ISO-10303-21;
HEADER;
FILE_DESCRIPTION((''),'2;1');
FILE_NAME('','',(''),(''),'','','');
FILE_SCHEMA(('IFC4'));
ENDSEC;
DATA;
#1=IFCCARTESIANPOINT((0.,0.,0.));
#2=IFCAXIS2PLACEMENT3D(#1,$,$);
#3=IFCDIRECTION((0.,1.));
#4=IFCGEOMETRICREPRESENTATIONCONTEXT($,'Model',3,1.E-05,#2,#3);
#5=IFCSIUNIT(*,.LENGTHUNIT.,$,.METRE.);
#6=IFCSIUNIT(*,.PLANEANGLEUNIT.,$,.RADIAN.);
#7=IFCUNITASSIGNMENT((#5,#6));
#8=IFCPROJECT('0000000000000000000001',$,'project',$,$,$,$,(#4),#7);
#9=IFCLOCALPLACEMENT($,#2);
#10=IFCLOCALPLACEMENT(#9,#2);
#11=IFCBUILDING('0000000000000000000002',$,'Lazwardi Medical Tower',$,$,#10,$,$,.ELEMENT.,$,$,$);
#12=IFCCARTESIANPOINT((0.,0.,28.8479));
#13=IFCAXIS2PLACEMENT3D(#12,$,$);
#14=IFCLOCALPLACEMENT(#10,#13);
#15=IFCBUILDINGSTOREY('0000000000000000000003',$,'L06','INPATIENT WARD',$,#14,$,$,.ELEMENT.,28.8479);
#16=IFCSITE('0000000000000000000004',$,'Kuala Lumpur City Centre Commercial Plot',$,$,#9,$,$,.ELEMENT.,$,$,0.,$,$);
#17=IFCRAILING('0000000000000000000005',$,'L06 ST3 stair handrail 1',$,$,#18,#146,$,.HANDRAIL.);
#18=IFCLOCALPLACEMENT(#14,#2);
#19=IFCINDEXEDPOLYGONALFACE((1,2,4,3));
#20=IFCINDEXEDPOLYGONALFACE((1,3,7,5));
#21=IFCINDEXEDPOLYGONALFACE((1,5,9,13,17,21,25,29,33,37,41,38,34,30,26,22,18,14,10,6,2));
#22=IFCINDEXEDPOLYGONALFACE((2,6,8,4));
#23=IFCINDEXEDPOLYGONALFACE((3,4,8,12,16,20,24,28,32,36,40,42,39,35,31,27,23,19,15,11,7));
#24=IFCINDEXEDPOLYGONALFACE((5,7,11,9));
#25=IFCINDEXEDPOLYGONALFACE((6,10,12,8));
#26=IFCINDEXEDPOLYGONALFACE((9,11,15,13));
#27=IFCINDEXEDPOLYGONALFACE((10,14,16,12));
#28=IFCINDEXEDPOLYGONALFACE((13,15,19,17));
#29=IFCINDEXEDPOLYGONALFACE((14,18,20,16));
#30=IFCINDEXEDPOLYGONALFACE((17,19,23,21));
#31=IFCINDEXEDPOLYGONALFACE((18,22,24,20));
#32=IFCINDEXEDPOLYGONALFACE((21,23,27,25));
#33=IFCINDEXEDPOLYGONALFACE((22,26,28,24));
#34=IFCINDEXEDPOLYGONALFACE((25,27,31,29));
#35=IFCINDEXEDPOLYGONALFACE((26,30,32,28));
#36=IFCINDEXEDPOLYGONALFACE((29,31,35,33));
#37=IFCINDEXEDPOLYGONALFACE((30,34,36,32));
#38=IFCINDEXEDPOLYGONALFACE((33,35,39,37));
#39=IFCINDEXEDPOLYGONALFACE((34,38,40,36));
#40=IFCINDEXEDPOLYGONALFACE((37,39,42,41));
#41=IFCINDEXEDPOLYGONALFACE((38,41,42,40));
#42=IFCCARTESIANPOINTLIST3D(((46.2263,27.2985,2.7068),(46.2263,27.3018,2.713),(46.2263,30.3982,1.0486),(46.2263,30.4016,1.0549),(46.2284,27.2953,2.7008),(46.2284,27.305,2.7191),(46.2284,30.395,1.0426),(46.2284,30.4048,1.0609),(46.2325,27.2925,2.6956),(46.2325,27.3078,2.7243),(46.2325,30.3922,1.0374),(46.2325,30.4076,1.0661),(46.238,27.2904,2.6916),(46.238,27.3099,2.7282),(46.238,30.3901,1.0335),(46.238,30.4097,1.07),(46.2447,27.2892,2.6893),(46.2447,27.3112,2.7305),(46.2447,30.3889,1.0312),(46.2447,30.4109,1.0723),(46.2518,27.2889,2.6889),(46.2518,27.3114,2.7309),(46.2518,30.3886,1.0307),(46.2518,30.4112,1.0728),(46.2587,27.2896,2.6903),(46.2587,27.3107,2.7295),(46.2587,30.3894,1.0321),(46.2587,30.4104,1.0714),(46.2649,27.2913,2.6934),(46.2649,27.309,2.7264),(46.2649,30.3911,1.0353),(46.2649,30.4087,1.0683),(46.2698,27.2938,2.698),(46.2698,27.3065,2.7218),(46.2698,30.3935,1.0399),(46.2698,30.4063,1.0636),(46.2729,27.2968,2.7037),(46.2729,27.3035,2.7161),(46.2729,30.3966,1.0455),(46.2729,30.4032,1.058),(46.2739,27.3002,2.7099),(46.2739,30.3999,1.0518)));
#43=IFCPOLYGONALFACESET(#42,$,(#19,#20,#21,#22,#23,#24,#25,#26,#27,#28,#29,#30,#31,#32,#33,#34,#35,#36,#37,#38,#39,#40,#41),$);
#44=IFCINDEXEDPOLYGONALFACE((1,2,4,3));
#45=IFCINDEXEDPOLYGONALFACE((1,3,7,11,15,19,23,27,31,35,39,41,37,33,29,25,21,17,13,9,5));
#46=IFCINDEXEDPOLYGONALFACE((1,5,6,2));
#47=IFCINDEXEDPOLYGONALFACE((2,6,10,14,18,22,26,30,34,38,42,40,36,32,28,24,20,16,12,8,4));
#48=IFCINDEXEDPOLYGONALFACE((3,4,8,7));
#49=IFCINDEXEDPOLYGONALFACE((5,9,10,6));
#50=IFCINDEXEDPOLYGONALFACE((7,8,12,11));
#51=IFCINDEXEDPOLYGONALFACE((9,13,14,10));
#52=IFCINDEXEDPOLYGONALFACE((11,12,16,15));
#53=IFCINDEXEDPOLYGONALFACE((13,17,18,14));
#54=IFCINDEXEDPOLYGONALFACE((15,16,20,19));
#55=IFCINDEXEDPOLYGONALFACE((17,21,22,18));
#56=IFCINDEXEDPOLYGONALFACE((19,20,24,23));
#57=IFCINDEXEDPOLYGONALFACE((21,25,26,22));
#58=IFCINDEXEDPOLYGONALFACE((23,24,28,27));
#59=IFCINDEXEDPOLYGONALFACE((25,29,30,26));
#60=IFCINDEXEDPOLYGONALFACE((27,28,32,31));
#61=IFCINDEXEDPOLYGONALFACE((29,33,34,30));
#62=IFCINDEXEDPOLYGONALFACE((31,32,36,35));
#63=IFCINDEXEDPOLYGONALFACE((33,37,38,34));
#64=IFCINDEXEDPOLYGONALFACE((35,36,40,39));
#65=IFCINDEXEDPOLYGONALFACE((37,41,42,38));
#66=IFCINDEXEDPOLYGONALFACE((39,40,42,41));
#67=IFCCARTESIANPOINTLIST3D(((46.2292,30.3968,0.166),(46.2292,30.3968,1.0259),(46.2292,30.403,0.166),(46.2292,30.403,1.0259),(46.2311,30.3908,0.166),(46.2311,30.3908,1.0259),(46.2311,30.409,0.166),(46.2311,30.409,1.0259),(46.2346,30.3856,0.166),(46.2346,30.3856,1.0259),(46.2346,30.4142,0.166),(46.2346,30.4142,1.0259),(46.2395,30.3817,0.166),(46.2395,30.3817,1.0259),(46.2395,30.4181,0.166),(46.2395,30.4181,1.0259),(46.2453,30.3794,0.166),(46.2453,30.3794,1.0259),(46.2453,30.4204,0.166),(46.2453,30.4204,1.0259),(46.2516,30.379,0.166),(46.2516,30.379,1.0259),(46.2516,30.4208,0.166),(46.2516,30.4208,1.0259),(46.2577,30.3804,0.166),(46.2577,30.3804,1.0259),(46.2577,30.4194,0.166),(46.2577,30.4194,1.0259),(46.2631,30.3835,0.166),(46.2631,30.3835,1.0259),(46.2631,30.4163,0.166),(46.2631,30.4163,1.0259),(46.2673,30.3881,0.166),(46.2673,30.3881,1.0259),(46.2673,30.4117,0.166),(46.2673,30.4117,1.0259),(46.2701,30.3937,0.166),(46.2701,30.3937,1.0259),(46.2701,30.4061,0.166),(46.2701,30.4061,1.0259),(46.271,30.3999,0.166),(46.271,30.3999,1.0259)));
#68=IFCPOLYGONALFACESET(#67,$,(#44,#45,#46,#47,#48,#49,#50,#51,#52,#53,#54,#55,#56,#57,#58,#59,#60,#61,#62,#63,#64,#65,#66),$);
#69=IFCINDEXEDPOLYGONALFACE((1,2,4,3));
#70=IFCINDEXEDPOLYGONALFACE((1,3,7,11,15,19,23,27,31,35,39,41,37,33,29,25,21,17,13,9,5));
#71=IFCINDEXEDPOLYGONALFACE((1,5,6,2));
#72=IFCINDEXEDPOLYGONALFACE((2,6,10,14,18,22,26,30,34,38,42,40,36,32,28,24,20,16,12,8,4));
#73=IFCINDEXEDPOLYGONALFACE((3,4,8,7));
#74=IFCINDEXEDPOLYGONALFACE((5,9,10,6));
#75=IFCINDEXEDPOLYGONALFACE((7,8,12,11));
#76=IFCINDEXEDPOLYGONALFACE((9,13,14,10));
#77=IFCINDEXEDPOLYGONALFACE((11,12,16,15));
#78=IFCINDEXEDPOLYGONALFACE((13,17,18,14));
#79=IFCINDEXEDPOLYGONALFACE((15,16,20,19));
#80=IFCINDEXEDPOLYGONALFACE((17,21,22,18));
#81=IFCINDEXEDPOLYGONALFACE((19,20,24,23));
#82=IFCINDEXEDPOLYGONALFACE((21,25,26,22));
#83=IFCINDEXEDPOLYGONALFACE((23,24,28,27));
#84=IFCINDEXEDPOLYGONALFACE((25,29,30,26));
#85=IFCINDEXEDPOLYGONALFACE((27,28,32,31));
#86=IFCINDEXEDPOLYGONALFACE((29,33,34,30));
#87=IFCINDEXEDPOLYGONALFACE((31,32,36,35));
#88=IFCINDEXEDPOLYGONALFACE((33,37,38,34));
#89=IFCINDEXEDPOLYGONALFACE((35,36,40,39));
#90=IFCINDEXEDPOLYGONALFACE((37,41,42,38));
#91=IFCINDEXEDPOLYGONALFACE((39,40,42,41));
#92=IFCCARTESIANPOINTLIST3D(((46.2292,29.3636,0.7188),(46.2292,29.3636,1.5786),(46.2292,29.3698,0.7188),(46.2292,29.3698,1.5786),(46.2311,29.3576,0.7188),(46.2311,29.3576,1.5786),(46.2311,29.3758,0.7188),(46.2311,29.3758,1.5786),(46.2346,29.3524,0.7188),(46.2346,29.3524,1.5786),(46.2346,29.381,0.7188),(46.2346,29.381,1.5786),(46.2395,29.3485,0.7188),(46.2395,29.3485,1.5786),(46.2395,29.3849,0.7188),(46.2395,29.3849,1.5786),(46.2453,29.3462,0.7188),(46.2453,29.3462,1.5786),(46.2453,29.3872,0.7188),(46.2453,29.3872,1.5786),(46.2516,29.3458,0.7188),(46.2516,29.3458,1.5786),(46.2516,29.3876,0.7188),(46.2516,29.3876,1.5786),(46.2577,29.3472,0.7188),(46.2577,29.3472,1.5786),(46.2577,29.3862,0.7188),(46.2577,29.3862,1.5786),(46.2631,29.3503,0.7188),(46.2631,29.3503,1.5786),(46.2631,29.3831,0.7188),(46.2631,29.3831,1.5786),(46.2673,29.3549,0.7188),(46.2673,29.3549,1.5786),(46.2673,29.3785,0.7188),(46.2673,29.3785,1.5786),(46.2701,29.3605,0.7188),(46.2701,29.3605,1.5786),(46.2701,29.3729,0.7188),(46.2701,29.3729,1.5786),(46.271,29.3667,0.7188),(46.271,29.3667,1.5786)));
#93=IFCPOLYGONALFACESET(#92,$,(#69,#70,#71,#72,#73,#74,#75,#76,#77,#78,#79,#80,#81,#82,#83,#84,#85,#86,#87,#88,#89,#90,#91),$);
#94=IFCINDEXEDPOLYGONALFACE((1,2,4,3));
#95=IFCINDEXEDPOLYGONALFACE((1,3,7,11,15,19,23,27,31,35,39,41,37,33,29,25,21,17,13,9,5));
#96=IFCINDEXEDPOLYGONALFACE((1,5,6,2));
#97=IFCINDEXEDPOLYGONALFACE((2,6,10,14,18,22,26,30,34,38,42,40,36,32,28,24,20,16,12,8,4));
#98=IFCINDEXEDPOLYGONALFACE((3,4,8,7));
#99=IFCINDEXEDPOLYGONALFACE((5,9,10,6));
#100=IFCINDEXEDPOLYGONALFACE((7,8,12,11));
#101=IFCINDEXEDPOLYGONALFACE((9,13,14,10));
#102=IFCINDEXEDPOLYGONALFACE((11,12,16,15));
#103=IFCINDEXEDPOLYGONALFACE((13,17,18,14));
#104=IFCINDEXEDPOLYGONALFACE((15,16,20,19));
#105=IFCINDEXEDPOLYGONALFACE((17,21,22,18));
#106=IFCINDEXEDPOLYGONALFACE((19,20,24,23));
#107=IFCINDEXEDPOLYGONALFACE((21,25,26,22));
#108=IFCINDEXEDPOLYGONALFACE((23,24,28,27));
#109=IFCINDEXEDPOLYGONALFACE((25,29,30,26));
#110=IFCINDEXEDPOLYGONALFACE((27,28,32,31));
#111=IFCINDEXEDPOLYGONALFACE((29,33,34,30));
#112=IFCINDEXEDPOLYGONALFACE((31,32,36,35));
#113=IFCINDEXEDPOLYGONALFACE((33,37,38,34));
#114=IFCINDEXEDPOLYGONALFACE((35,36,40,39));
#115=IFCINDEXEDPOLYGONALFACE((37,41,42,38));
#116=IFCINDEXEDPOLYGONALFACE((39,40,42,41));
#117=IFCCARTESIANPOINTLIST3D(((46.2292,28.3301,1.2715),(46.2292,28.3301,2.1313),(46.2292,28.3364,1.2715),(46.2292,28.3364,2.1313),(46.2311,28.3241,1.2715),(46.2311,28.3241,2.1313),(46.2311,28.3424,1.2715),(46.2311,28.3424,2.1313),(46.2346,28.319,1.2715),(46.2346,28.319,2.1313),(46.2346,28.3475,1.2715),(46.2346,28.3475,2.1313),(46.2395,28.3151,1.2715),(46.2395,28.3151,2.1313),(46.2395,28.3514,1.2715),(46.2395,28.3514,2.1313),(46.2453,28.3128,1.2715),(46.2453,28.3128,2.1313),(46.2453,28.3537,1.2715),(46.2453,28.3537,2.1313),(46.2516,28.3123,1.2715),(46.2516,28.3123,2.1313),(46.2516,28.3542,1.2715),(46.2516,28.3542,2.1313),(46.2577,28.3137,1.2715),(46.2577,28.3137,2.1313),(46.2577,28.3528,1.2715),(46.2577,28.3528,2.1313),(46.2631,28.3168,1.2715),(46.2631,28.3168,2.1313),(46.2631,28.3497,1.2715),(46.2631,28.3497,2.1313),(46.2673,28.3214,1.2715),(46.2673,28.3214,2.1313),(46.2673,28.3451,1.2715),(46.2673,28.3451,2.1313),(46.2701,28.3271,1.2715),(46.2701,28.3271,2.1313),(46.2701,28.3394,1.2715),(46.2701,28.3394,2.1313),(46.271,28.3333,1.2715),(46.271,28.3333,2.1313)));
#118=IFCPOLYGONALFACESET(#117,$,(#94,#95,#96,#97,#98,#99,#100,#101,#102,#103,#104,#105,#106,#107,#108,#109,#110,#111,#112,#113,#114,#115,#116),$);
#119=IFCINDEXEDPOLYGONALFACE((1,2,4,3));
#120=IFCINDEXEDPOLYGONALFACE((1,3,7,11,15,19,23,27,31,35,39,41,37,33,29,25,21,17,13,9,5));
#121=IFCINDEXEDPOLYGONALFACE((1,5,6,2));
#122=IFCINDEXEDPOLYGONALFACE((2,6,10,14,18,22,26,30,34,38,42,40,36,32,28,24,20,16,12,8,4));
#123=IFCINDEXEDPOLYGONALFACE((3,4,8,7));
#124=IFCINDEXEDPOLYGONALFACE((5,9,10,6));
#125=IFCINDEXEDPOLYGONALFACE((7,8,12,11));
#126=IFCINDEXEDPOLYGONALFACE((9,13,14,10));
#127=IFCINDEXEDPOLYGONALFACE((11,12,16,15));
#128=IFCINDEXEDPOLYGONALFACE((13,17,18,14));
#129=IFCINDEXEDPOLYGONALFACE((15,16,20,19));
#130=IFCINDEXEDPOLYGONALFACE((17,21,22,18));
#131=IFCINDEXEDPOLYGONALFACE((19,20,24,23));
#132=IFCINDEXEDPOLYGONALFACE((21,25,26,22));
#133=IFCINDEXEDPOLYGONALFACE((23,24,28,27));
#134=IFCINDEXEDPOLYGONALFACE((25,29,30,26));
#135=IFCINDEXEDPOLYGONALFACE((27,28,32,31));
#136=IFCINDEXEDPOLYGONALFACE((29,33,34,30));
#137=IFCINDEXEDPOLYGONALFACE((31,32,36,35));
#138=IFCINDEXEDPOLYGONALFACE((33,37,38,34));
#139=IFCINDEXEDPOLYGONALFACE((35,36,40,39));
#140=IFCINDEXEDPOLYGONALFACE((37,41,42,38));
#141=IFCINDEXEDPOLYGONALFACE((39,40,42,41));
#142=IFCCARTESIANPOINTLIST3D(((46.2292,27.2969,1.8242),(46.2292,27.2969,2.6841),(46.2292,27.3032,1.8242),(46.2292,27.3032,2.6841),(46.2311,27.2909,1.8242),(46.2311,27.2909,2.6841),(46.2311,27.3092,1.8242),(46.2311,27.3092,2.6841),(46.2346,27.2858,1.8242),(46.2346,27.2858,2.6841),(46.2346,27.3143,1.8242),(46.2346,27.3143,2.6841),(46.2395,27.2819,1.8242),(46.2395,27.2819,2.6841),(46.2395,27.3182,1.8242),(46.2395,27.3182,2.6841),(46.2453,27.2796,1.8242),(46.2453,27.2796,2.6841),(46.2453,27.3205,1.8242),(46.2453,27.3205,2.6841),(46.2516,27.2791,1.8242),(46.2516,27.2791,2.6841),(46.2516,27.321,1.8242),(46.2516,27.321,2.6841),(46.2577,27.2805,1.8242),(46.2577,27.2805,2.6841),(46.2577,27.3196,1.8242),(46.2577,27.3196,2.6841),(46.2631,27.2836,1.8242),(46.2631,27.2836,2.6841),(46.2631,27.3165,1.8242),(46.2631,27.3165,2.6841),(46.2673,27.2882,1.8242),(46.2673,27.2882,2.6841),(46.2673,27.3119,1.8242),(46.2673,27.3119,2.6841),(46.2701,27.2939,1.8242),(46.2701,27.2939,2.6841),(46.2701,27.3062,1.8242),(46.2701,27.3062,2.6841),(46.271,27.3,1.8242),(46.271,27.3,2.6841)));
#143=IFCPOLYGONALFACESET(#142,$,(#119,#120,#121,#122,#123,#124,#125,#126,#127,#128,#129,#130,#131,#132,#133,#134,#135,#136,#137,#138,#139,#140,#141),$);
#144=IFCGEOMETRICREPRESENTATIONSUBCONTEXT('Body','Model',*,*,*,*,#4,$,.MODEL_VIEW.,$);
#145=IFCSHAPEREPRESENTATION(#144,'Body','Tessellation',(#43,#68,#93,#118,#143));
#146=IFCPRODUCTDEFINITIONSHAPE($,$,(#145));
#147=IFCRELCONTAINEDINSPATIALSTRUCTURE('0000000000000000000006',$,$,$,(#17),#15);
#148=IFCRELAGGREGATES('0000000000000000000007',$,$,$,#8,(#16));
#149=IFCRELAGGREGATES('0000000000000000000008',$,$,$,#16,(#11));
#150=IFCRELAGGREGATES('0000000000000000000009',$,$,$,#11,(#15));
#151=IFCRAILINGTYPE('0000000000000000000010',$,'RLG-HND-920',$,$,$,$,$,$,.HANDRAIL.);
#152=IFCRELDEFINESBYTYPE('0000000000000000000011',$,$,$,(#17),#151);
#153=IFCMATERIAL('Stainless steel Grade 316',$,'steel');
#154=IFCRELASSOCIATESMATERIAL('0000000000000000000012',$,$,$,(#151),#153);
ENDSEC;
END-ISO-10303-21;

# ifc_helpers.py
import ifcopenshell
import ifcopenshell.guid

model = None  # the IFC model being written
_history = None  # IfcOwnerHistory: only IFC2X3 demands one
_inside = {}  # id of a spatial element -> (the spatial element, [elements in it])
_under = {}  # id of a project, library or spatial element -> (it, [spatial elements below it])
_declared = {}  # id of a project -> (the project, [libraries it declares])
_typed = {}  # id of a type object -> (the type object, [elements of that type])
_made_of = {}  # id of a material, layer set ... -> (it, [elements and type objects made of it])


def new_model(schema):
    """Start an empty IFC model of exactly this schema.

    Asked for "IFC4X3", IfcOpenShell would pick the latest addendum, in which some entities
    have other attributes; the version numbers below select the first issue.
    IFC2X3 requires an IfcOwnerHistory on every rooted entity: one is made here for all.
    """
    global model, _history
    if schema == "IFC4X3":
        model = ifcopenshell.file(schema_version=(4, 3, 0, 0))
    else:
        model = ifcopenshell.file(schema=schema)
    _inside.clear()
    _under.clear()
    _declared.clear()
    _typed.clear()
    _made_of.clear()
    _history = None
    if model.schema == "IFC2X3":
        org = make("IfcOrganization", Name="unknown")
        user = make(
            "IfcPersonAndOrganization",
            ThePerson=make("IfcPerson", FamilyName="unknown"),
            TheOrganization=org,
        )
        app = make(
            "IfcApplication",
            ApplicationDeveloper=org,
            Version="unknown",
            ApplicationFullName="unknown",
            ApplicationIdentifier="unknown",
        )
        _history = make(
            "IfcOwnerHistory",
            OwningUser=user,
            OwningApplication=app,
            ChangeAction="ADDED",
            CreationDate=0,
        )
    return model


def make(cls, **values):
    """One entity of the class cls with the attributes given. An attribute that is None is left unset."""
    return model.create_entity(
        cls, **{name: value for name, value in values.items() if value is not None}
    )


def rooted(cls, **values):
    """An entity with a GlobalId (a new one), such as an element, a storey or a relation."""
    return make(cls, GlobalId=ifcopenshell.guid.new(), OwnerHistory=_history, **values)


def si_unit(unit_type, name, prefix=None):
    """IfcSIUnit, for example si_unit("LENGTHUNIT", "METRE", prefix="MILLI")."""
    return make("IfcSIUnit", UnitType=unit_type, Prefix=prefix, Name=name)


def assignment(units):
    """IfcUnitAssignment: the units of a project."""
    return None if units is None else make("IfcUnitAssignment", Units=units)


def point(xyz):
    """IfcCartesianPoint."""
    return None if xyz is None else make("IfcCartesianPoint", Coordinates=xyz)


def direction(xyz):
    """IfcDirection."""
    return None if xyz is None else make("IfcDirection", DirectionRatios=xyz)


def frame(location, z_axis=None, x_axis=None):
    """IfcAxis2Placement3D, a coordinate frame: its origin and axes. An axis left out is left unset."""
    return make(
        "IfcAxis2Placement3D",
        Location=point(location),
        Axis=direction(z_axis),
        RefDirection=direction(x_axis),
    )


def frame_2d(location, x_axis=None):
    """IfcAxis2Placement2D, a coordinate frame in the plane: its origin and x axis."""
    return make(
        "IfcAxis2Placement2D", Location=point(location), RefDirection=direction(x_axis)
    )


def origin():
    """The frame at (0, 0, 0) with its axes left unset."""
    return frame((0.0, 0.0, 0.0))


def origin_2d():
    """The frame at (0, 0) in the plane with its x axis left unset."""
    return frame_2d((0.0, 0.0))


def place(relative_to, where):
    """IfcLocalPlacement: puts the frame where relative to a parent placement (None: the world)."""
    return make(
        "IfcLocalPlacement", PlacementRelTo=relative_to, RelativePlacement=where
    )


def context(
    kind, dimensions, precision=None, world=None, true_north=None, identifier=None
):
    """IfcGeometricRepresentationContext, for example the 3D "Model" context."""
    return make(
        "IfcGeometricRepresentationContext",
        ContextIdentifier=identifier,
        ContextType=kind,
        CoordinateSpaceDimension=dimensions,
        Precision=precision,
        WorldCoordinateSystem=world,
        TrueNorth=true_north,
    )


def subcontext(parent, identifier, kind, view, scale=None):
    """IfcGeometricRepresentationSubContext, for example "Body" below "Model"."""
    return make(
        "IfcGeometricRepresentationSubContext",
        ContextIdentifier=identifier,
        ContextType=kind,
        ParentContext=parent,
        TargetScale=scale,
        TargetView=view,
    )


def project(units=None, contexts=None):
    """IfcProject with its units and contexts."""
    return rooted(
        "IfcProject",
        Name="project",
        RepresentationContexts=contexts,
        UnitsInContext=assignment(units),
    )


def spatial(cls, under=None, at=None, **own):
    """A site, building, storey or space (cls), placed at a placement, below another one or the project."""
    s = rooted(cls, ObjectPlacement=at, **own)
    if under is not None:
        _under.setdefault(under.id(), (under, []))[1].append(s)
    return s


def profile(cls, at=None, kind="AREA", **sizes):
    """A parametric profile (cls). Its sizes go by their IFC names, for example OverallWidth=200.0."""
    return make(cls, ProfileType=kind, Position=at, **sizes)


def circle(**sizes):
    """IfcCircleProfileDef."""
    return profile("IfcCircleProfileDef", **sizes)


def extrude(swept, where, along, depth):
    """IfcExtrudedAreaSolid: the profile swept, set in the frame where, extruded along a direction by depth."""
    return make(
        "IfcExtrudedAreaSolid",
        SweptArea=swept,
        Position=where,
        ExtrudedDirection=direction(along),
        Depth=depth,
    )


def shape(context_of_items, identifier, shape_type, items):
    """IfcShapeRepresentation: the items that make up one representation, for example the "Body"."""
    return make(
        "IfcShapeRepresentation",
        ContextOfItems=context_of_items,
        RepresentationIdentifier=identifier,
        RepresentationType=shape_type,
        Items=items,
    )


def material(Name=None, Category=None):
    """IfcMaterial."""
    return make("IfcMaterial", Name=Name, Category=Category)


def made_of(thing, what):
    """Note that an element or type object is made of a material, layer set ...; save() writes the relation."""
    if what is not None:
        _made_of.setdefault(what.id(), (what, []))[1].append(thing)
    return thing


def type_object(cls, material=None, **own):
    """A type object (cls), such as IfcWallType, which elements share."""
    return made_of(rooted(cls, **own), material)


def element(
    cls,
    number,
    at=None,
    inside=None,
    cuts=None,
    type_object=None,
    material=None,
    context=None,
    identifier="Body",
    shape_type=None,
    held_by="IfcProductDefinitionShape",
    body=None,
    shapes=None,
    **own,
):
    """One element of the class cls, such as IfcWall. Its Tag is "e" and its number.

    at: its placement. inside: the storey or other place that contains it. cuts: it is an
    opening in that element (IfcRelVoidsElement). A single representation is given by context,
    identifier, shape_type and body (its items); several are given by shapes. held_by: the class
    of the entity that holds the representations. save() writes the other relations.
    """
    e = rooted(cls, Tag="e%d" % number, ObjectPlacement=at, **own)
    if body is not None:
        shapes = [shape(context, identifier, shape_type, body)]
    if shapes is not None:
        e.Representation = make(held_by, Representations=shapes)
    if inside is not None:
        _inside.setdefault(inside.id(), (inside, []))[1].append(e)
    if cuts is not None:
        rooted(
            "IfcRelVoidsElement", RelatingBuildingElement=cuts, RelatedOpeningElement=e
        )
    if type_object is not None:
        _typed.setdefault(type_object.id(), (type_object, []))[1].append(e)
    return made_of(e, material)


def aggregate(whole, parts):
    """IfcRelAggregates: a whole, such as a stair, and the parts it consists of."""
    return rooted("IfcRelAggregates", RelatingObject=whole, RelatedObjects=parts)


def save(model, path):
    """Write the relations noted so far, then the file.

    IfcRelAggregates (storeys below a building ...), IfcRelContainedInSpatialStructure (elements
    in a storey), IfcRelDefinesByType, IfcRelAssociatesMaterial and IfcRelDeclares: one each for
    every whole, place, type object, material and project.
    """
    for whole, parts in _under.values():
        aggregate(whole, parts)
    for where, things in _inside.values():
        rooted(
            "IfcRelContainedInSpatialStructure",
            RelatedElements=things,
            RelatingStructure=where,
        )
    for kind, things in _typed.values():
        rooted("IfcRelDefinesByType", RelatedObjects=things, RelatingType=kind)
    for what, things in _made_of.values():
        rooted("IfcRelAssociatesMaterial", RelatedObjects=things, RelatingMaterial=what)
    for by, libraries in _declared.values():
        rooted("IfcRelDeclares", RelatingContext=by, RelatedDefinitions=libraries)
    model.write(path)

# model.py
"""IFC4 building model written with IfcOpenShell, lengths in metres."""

from ifc_helpers import new_model, si_unit, direction, frame, origin, origin_2d, place, context, subcontext, project, spatial, circle, extrude, material, type_object, element, save


model = new_model("IFC4")

# Units and contexts
model_context = context("Model", 3, precision=1e-05, world=origin(), true_north=direction((0.0, 1.0)))
body_context = subcontext(model_context, "Body", "Model", "MODEL_VIEW")
ifc_project = project(units=[si_unit("LENGTHUNIT", "METRE"), si_unit("PLANEANGLEUNIT", "RADIAN")], contexts=[model_context])

# Site, building, storey
site_placement = place(None, origin())
site = spatial("IfcSite", under=ifc_project, at=site_placement, Name="Kuala Lumpur City Centre Commercial Plot", CompositionType="ELEMENT", RefElevation=0.0)
building_placement = place(site_placement, origin())
building = spatial("IfcBuilding", under=site, at=building_placement, Name="Lazwardi Medical Tower", CompositionType="ELEMENT")
storey_placement = place(building_placement, frame((0.0, 0.0, 28.8479)))
storey = spatial("IfcBuildingStorey", under=building, at=storey_placement, Name="L06", Description="INPATIENT WARD", CompositionType="ELEMENT", Elevation=28.8479)

# Railing
ifc_material_1 = material(Name="Stainless steel Grade 316", Category="steel")
railing_type_1 = type_object("IfcRailingType", Name="RLG-HND-920", PredefinedType="HANDRAIL", material=ifc_material_1)
railing_1_placement = place(storey_placement, frame((46.25, 30.3999, 0.166)))
element("IfcRailing", 1, at=railing_1_placement, inside=storey, type_object=railing_type_1, Name="L06 ST3 stair handrail 1", PredefinedType="HANDRAIL", context=body_context, shape_type="SweptSolid", body=[
    extrude(circle(Radius=0.0239, at=origin_2d()), frame((0.0, 0.0, 0.8857), z_axis=(0.0, -0.881768, 0.471684), x_axis=(1.0, 0.0, 0.0)), (0.0, 0.0, 1.0), 3.5154),
    extrude(circle(Radius=0.021, at=origin_2d()), origin(), (0.0, 0.0, 1.0), 0.8599),
    extrude(circle(Radius=0.021, at=origin_2d()), frame((0.0, -1.0332, 0.5527)), (0.0, 0.0, 1.0), 0.8599),
    extrude(circle(Radius=0.021, at=origin_2d()), frame((0.0, -2.0667, 1.1055)), (0.0, 0.0, 1.0), 0.8599),
    extrude(circle(Radius=0.021, at=origin_2d()), frame((0.0, -3.0999, 1.6582)), (0.0, 0.0, 1.0), 0.8599),
])

save(model, "model.ifc")
